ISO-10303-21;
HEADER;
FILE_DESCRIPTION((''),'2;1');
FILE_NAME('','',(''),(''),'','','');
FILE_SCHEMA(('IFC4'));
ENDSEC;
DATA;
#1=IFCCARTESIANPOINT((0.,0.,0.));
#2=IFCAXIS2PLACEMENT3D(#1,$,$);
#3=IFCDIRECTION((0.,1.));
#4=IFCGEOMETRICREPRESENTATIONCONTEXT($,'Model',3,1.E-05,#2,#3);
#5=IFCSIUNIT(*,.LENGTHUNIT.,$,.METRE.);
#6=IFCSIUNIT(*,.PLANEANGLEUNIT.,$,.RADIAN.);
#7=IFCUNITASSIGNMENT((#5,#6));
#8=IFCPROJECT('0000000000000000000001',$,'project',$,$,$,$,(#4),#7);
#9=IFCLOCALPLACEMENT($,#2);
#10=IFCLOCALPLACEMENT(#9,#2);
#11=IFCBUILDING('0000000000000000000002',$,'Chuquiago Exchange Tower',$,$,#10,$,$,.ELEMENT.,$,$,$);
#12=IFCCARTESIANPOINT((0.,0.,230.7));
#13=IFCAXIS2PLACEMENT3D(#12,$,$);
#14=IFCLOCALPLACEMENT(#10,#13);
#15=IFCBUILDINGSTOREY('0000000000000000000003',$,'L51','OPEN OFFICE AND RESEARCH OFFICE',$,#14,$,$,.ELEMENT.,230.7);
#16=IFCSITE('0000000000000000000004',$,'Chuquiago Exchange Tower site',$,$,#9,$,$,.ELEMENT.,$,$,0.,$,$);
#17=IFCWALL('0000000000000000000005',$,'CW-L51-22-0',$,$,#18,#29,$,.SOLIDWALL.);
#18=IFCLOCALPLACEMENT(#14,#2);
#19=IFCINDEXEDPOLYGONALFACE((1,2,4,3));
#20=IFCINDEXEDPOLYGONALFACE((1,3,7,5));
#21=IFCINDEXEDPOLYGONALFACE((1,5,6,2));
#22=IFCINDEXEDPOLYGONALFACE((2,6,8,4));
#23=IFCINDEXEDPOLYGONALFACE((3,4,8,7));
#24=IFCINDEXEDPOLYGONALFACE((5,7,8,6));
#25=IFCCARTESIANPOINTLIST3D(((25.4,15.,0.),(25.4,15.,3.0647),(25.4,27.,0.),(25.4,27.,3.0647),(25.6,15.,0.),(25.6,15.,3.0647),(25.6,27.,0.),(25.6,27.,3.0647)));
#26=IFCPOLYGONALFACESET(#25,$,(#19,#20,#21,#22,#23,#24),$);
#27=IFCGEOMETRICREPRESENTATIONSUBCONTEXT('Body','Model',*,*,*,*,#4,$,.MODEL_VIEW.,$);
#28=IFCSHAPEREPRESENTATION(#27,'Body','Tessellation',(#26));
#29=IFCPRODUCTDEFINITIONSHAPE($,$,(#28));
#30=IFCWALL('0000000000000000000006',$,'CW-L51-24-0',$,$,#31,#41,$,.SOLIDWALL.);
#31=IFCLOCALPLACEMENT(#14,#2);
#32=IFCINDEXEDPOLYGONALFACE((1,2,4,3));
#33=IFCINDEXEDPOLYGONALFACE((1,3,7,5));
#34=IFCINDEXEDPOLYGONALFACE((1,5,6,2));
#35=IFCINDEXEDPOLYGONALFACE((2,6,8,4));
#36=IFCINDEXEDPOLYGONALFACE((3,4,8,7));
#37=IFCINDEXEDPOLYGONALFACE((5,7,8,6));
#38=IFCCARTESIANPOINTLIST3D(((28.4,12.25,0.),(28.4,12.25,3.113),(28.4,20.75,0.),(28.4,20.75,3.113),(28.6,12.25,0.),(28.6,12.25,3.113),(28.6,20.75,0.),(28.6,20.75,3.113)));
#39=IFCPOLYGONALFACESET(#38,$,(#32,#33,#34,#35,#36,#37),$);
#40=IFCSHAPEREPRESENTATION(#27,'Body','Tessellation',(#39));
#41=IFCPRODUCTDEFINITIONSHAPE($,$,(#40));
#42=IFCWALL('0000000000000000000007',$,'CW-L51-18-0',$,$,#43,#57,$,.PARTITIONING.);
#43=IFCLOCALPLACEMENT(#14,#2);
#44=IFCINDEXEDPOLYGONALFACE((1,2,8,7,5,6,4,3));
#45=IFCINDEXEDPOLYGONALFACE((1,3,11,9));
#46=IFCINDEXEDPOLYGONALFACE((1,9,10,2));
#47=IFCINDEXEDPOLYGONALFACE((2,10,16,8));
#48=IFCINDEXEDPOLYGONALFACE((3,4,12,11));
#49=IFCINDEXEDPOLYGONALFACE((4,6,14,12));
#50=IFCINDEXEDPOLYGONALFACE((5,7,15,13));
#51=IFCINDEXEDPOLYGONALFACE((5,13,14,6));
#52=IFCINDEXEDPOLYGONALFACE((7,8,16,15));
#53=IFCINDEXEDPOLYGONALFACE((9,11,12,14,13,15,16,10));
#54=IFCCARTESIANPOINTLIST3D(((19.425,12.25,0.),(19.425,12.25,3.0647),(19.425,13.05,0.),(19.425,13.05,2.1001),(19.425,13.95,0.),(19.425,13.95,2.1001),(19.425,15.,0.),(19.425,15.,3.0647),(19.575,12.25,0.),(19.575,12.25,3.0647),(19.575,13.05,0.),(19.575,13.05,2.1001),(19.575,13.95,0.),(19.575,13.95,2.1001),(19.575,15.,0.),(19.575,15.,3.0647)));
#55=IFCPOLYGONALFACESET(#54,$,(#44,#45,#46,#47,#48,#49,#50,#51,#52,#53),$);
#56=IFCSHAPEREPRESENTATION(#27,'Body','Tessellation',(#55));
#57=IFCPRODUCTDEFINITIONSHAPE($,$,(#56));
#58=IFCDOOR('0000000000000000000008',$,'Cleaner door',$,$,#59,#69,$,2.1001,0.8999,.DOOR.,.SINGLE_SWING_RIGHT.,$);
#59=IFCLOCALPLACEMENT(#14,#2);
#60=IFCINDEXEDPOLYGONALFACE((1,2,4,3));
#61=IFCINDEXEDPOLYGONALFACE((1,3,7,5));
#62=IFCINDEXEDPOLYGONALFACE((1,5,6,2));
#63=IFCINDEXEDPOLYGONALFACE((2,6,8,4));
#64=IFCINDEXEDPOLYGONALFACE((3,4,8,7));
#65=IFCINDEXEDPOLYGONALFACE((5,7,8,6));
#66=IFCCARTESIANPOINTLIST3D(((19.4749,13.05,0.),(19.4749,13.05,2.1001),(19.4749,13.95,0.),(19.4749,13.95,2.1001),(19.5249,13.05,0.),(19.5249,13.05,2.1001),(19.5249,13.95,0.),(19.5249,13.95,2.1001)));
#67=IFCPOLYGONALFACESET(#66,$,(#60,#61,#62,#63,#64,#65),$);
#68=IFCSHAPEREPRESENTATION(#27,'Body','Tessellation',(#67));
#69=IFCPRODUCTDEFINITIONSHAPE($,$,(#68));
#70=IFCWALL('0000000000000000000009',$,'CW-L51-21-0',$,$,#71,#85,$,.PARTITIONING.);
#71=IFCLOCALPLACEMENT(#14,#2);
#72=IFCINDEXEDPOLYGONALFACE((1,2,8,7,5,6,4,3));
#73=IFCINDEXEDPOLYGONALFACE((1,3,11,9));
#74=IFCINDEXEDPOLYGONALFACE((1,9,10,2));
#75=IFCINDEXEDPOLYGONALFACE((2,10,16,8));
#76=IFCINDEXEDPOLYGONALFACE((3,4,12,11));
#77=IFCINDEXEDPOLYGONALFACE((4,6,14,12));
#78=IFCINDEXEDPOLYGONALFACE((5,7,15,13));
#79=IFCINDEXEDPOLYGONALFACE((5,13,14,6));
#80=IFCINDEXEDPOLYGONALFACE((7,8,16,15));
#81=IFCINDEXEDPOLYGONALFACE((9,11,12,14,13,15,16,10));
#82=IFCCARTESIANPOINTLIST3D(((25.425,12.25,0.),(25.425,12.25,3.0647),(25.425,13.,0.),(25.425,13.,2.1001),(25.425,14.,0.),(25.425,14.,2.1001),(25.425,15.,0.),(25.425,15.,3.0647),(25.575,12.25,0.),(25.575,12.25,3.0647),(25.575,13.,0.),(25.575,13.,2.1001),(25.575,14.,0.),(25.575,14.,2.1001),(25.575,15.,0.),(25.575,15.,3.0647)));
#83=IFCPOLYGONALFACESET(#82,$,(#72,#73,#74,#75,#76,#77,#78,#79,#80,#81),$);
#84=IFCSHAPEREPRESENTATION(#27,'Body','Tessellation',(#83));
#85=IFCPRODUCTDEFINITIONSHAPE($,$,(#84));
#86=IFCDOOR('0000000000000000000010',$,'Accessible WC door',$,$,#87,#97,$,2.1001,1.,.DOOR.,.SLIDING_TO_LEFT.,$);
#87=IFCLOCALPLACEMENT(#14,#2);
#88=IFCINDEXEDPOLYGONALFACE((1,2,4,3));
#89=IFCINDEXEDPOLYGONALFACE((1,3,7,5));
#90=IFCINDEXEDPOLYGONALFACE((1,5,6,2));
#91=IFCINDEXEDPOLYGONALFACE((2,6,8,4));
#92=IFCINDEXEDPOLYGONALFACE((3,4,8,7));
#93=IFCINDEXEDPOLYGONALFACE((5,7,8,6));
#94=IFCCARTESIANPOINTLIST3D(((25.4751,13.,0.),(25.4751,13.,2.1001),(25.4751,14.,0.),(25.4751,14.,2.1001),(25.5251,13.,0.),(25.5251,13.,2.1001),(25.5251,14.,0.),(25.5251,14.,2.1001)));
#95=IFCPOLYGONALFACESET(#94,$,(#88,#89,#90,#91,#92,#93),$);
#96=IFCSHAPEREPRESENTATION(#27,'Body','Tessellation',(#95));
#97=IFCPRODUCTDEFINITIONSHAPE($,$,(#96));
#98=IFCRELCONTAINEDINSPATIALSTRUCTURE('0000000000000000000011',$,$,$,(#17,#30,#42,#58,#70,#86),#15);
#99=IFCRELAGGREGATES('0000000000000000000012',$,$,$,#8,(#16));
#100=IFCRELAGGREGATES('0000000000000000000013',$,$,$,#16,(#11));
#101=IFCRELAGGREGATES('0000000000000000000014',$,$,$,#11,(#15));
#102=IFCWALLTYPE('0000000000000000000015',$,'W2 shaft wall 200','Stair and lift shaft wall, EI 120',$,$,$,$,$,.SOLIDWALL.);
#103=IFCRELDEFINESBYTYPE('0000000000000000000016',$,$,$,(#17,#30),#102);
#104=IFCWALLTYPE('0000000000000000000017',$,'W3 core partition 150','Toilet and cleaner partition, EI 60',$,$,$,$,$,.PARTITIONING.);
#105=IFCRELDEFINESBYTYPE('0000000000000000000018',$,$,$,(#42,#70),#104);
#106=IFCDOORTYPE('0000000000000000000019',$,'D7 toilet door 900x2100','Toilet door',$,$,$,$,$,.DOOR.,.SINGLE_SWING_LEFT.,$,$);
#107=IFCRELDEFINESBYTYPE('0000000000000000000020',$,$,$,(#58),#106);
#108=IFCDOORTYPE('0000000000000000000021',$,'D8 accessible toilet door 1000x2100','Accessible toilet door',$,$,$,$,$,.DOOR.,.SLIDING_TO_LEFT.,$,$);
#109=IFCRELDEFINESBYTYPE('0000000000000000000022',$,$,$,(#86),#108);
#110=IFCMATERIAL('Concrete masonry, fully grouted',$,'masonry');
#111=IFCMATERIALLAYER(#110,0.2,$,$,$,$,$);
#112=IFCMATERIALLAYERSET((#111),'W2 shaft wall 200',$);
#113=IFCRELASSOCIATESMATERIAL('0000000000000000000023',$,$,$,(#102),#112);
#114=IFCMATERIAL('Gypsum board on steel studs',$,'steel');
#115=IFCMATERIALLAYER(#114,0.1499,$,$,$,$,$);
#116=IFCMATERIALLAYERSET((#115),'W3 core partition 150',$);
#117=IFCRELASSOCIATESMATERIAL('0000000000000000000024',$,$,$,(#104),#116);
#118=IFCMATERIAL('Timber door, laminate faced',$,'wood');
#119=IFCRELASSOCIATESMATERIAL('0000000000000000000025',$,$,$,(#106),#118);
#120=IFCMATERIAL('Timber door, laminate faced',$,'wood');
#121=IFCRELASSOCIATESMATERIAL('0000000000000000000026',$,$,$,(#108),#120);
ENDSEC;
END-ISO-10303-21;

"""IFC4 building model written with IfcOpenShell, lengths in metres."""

from ifc_helpers import new_model, si_unit, direction, frame, frame_2d, origin, place, context, subcontext, project, spatial, rectangle, extrude, material, layer, layer_set, type_object, element, fill, save


model = new_model("IFC4")

# Units and contexts
model_context = context("Model", 3, precision=1e-05, world=origin(), true_north=direction((0.0, 1.0)))
body_context = subcontext(model_context, "Body", "Model", "MODEL_VIEW")
ifc_project = project(units=[si_unit("LENGTHUNIT", "METRE"), si_unit("PLANEANGLEUNIT", "RADIAN")], contexts=[model_context])

# Site, building, storey
site_placement = place(None, origin())
site = spatial("IfcSite", under=ifc_project, at=site_placement, Name="Chuquiago Exchange Tower site", CompositionType="ELEMENT", RefElevation=0.0)
building_placement = place(site_placement, origin())
building = spatial("IfcBuilding", under=site, at=building_placement, Name="Chuquiago Exchange Tower", CompositionType="ELEMENT")
storey_placement = place(building_placement, frame((0.0, 0.0, 230.7)))
storey = spatial("IfcBuildingStorey", under=building, at=storey_placement, Name="L51", Description="OPEN OFFICE AND RESEARCH OFFICE", CompositionType="ELEMENT", Elevation=230.7)

# Shared definitions
ifc_material_1 = material(Name="Concrete masonry, fully grouted", Category="masonry")
ifc_layer_1 = layer(ifc_material_1, 0.2)
ifc_layer_set_1 = layer_set([ifc_layer_1], Name="W2 shaft wall 200")
wall_type_1 = type_object("IfcWallType", Name="W2 shaft wall 200", Description="Stair and lift shaft wall, EI 120", PredefinedType="SOLIDWALL", material=ifc_layer_set_1)

# Walls
wall_1_placement = place(storey_placement, frame((25.5, 15.0, 0.0), z_axis=(0.0, 0.0, 1.0), x_axis=(0.0, 1.0, 0.0)))
element("IfcWall", 1, at=wall_1_placement, inside=storey, type_object=wall_type_1, Name="CW-L51-22-0", PredefinedType="SOLIDWALL", context=body_context, shape_type="SweptSolid", body=[
    extrude(rectangle(XDim=12.0, YDim=0.2, at=frame_2d((6.0, 0.0))), origin(), (0.0, 0.0, 1.0), 3.0647),
])
wall_2_placement = place(storey_placement, frame((28.5, 12.25, 0.0), z_axis=(0.0, 0.0, 1.0), x_axis=(0.0, 1.0, 0.0)))
element("IfcWall", 2, at=wall_2_placement, inside=storey, type_object=wall_type_1, Name="CW-L51-24-0", PredefinedType="SOLIDWALL", context=body_context, shape_type="SweptSolid", body=[
    extrude(rectangle(XDim=8.5, YDim=0.2, at=frame_2d((4.25, 0.0))), origin(), (0.0, 0.0, 1.0), 3.113),
])

# Walls, openings, doors
ifc_material_2 = material(Name="Gypsum board on steel studs", Category="steel")
ifc_layer_2 = layer(ifc_material_2, 0.1499)
ifc_layer_set_2 = layer_set([ifc_layer_2], Name="W3 core partition 150")
wall_type_2 = type_object("IfcWallType", Name="W3 core partition 150", Description="Toilet and cleaner partition, EI 60", PredefinedType="PARTITIONING", material=ifc_layer_set_2)
wall_3_placement = place(storey_placement, frame((19.5, 12.25, 0.0), z_axis=(0.0, 0.0, 1.0), x_axis=(0.0, 1.0, 0.0)))
wall_3 = element("IfcWall", 3, at=wall_3_placement, inside=storey, type_object=wall_type_2, Name="CW-L51-18-0", PredefinedType="PARTITIONING", context=body_context, shape_type="SweptSolid", body=[
    extrude(rectangle(XDim=2.75, YDim=0.1499, at=frame_2d((1.375, 0.0))), origin(), (0.0, 0.0, 1.0), 3.0647),
])
opening_1_placement = place(wall_3_placement, frame((0.8, 0.0, 0.0)))
opening_1 = element("IfcOpeningElement", 4, at=opening_1_placement, cuts=wall_3, PredefinedType="OPENING", context=body_context, shape_type="SweptSolid", body=[
    extrude(rectangle(XDim=0.8999, YDim=2.1001, at=frame_2d((0.45, 1.05))), frame((0.0, 0.085, 0.0), z_axis=(0.0, -1.0, 0.0), x_axis=(1.0, 0.0, 0.0)), (0.0, 0.0, 1.0), 0.1699),
])
ifc_material_3 = material(Name="Timber door, laminate faced", Category="wood")
door_type_1 = type_object("IfcDoorType", Name="D7 toilet door 900x2100", Description="Toilet door", OperationType="SINGLE_SWING_LEFT", PredefinedType="DOOR", material=ifc_material_3)
door_1_placement = place(opening_1_placement, frame((0.8999, 0.0, 0.0), z_axis=(0.0, 0.0, 1.0), x_axis=(-1.0, 0.0, 0.0)))
door_1 = element("IfcDoor", 5, at=door_1_placement, inside=storey, type_object=door_type_1, Name="Cleaner door", OperationType="SINGLE_SWING_RIGHT", OverallHeight=2.1001, OverallWidth=0.8999, PredefinedType="DOOR", context=body_context, shape_type="SweptSolid", body=[
    extrude(rectangle(XDim=0.8999, YDim=2.1001, at=frame_2d((0.45, 1.05))), frame((0.0, 0.0249, 0.0), z_axis=(0.0, -1.0, 0.0), x_axis=(1.0, 0.0, 0.0)), (0.0, 0.0, 1.0), 0.05),
])
fill(opening_1, door_1)
wall_4_placement = place(storey_placement, frame((25.5, 12.25, 0.0), z_axis=(0.0, 0.0, 1.0), x_axis=(0.0, 1.0, 0.0)))
wall_4 = element("IfcWall", 6, at=wall_4_placement, inside=storey, type_object=wall_type_2, Name="CW-L51-21-0", PredefinedType="PARTITIONING", context=body_context, shape_type="SweptSolid", body=[
    extrude(rectangle(XDim=2.75, YDim=0.1499, at=frame_2d((1.375, 0.0))), origin(), (0.0, 0.0, 1.0), 3.0647),
])
opening_2_placement = place(wall_4_placement, frame((0.75, 0.0, 0.0)))
opening_2 = element("IfcOpeningElement", 7, at=opening_2_placement, cuts=wall_4, PredefinedType="OPENING", context=body_context, shape_type="SweptSolid", body=[
    extrude(rectangle(XDim=1.0, YDim=2.1001, at=frame_2d((0.5, 1.05))), frame((0.0, 0.085, 0.0), z_axis=(0.0, -1.0, 0.0), x_axis=(1.0, 0.0, 0.0)), (0.0, 0.0, 1.0), 0.1699),
])
ifc_material_4 = material(Name="Timber door, laminate faced", Category="wood")
door_type_2 = type_object("IfcDoorType", Name="D8 accessible toilet door 1000x2100", Description="Accessible toilet door", OperationType="SLIDING_TO_LEFT", PredefinedType="DOOR", material=ifc_material_4)
door_2_placement = place(opening_2_placement, origin())
door_2 = element("IfcDoor", 8, at=door_2_placement, inside=storey, type_object=door_type_2, Name="Accessible WC door", OperationType="SLIDING_TO_LEFT", OverallHeight=2.1001, OverallWidth=1.0, PredefinedType="DOOR", context=body_context, shape_type="SweptSolid", body=[
    extrude(rectangle(XDim=1.0, YDim=2.1001, at=frame_2d((0.5, 1.05))), frame((0.0, 0.0249, 0.0), z_axis=(0.0, -1.0, 0.0), x_axis=(1.0, 0.0, 0.0)), (0.0, 0.0, 1.0), 0.05),
])
fill(opening_2, door_2)

save(model, "model.ifc")
